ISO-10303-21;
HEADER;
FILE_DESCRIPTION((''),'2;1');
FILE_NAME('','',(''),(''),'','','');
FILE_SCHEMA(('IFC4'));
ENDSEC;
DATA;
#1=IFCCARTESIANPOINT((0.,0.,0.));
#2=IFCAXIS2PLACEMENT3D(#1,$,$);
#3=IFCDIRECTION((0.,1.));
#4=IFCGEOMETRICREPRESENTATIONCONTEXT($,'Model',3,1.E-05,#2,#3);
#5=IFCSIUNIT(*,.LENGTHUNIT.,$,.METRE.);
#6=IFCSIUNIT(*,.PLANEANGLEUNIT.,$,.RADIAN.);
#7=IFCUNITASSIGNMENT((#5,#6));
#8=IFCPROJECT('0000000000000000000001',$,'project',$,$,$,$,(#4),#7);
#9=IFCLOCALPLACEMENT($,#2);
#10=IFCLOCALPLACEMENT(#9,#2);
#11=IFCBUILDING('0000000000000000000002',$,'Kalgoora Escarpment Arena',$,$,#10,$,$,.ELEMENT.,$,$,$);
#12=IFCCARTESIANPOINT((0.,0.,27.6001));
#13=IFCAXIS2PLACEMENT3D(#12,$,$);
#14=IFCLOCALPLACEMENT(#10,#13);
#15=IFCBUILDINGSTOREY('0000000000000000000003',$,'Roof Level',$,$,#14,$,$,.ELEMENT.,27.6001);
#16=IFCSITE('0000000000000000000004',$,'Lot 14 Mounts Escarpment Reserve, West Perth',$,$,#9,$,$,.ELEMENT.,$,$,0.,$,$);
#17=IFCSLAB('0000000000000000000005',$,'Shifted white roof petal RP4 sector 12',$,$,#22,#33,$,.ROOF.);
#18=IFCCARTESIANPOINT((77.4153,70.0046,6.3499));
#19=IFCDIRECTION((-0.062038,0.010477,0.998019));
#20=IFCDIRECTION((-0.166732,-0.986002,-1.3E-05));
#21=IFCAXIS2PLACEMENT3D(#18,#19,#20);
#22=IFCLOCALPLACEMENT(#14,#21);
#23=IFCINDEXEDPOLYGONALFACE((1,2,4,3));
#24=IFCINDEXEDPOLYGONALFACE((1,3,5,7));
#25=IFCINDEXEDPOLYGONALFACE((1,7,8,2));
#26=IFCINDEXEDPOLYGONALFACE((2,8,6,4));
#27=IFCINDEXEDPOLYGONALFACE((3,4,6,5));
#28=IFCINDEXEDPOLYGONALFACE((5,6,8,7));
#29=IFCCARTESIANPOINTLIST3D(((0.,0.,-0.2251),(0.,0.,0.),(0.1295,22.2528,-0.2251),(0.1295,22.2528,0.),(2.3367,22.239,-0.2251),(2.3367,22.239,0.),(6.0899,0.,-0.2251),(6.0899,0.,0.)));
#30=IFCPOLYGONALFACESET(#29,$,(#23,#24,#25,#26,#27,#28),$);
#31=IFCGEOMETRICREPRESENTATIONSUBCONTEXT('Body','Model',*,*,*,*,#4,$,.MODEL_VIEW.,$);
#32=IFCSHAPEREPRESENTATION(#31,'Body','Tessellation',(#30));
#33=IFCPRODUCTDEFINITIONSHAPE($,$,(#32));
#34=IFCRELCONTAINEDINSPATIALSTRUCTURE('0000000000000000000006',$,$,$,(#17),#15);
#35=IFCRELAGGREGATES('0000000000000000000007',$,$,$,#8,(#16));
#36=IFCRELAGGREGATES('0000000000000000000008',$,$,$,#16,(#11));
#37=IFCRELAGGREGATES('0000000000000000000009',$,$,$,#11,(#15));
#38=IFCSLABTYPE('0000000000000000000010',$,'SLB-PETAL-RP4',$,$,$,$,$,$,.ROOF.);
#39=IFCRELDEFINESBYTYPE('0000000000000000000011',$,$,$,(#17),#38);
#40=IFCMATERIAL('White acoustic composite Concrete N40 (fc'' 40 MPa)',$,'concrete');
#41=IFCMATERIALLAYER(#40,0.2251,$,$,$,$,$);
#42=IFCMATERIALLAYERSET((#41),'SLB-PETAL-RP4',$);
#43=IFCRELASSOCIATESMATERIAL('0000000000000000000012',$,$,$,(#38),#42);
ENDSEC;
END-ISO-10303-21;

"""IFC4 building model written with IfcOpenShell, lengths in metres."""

from ifc_helpers import new_model, si_unit, direction, frame, origin, place, context, subcontext, project, spatial, polyline, outline, extrude, material, layer, layer_set, type_object, element, save


model = new_model("IFC4")

# Units and contexts
model_context = context("Model", 3, precision=1e-05, world=origin(), true_north=direction((0.0, 1.0)))
body_context = subcontext(model_context, "Body", "Model", "MODEL_VIEW")
ifc_project = project(units=[si_unit("LENGTHUNIT", "METRE"), si_unit("PLANEANGLEUNIT", "RADIAN")], contexts=[model_context])

# Site, building, storey
site_placement = place(None, origin())
site = spatial("IfcSite", under=ifc_project, at=site_placement, Name="Lot 14 Mounts Escarpment Reserve, West Perth", CompositionType="ELEMENT", RefElevation=0.0)
building_placement = place(site_placement, origin())
building = spatial("IfcBuilding", under=site, at=building_placement, Name="Kalgoora Escarpment Arena", CompositionType="ELEMENT")
storey_placement = place(building_placement, frame((0.0, 0.0, 27.6001)))
storey = spatial("IfcBuildingStorey", under=building, at=storey_placement, Name="Roof Level", CompositionType="ELEMENT", Elevation=27.6001)

# Slab
ifc_material_1 = material(Name="White acoustic composite Concrete N40 (fc' 40 MPa)", Category="concrete")
ifc_layer_1 = layer(ifc_material_1, 0.2251)
ifc_layer_set_1 = layer_set([ifc_layer_1], Name="SLB-PETAL-RP4")
slab_type = type_object("IfcSlabType", Name="SLB-PETAL-RP4", PredefinedType="ROOF", material=ifc_layer_set_1)
slab_placement = place(storey_placement, frame((77.4153, 70.0046, 6.3499), z_axis=(-0.062038, 0.010477, 0.998019), x_axis=(-0.166732, -0.986002, -0.000013)))
element("IfcSlab", 1, at=slab_placement, inside=storey, type_object=slab_type, Name="Shifted white roof petal RP4 sector 12", PredefinedType="ROOF", context=body_context, shape_type="SweptSolid", body=[
    extrude(outline(polyline([(0.0, 0.0), (6.0899, 0.0), (2.3367, 22.239), (0.1295, 22.2528), (0.0, 0.0)])), origin(), (0.0, 0.0, -1.0), 0.2251),
])

save(model, "model.ifc")
